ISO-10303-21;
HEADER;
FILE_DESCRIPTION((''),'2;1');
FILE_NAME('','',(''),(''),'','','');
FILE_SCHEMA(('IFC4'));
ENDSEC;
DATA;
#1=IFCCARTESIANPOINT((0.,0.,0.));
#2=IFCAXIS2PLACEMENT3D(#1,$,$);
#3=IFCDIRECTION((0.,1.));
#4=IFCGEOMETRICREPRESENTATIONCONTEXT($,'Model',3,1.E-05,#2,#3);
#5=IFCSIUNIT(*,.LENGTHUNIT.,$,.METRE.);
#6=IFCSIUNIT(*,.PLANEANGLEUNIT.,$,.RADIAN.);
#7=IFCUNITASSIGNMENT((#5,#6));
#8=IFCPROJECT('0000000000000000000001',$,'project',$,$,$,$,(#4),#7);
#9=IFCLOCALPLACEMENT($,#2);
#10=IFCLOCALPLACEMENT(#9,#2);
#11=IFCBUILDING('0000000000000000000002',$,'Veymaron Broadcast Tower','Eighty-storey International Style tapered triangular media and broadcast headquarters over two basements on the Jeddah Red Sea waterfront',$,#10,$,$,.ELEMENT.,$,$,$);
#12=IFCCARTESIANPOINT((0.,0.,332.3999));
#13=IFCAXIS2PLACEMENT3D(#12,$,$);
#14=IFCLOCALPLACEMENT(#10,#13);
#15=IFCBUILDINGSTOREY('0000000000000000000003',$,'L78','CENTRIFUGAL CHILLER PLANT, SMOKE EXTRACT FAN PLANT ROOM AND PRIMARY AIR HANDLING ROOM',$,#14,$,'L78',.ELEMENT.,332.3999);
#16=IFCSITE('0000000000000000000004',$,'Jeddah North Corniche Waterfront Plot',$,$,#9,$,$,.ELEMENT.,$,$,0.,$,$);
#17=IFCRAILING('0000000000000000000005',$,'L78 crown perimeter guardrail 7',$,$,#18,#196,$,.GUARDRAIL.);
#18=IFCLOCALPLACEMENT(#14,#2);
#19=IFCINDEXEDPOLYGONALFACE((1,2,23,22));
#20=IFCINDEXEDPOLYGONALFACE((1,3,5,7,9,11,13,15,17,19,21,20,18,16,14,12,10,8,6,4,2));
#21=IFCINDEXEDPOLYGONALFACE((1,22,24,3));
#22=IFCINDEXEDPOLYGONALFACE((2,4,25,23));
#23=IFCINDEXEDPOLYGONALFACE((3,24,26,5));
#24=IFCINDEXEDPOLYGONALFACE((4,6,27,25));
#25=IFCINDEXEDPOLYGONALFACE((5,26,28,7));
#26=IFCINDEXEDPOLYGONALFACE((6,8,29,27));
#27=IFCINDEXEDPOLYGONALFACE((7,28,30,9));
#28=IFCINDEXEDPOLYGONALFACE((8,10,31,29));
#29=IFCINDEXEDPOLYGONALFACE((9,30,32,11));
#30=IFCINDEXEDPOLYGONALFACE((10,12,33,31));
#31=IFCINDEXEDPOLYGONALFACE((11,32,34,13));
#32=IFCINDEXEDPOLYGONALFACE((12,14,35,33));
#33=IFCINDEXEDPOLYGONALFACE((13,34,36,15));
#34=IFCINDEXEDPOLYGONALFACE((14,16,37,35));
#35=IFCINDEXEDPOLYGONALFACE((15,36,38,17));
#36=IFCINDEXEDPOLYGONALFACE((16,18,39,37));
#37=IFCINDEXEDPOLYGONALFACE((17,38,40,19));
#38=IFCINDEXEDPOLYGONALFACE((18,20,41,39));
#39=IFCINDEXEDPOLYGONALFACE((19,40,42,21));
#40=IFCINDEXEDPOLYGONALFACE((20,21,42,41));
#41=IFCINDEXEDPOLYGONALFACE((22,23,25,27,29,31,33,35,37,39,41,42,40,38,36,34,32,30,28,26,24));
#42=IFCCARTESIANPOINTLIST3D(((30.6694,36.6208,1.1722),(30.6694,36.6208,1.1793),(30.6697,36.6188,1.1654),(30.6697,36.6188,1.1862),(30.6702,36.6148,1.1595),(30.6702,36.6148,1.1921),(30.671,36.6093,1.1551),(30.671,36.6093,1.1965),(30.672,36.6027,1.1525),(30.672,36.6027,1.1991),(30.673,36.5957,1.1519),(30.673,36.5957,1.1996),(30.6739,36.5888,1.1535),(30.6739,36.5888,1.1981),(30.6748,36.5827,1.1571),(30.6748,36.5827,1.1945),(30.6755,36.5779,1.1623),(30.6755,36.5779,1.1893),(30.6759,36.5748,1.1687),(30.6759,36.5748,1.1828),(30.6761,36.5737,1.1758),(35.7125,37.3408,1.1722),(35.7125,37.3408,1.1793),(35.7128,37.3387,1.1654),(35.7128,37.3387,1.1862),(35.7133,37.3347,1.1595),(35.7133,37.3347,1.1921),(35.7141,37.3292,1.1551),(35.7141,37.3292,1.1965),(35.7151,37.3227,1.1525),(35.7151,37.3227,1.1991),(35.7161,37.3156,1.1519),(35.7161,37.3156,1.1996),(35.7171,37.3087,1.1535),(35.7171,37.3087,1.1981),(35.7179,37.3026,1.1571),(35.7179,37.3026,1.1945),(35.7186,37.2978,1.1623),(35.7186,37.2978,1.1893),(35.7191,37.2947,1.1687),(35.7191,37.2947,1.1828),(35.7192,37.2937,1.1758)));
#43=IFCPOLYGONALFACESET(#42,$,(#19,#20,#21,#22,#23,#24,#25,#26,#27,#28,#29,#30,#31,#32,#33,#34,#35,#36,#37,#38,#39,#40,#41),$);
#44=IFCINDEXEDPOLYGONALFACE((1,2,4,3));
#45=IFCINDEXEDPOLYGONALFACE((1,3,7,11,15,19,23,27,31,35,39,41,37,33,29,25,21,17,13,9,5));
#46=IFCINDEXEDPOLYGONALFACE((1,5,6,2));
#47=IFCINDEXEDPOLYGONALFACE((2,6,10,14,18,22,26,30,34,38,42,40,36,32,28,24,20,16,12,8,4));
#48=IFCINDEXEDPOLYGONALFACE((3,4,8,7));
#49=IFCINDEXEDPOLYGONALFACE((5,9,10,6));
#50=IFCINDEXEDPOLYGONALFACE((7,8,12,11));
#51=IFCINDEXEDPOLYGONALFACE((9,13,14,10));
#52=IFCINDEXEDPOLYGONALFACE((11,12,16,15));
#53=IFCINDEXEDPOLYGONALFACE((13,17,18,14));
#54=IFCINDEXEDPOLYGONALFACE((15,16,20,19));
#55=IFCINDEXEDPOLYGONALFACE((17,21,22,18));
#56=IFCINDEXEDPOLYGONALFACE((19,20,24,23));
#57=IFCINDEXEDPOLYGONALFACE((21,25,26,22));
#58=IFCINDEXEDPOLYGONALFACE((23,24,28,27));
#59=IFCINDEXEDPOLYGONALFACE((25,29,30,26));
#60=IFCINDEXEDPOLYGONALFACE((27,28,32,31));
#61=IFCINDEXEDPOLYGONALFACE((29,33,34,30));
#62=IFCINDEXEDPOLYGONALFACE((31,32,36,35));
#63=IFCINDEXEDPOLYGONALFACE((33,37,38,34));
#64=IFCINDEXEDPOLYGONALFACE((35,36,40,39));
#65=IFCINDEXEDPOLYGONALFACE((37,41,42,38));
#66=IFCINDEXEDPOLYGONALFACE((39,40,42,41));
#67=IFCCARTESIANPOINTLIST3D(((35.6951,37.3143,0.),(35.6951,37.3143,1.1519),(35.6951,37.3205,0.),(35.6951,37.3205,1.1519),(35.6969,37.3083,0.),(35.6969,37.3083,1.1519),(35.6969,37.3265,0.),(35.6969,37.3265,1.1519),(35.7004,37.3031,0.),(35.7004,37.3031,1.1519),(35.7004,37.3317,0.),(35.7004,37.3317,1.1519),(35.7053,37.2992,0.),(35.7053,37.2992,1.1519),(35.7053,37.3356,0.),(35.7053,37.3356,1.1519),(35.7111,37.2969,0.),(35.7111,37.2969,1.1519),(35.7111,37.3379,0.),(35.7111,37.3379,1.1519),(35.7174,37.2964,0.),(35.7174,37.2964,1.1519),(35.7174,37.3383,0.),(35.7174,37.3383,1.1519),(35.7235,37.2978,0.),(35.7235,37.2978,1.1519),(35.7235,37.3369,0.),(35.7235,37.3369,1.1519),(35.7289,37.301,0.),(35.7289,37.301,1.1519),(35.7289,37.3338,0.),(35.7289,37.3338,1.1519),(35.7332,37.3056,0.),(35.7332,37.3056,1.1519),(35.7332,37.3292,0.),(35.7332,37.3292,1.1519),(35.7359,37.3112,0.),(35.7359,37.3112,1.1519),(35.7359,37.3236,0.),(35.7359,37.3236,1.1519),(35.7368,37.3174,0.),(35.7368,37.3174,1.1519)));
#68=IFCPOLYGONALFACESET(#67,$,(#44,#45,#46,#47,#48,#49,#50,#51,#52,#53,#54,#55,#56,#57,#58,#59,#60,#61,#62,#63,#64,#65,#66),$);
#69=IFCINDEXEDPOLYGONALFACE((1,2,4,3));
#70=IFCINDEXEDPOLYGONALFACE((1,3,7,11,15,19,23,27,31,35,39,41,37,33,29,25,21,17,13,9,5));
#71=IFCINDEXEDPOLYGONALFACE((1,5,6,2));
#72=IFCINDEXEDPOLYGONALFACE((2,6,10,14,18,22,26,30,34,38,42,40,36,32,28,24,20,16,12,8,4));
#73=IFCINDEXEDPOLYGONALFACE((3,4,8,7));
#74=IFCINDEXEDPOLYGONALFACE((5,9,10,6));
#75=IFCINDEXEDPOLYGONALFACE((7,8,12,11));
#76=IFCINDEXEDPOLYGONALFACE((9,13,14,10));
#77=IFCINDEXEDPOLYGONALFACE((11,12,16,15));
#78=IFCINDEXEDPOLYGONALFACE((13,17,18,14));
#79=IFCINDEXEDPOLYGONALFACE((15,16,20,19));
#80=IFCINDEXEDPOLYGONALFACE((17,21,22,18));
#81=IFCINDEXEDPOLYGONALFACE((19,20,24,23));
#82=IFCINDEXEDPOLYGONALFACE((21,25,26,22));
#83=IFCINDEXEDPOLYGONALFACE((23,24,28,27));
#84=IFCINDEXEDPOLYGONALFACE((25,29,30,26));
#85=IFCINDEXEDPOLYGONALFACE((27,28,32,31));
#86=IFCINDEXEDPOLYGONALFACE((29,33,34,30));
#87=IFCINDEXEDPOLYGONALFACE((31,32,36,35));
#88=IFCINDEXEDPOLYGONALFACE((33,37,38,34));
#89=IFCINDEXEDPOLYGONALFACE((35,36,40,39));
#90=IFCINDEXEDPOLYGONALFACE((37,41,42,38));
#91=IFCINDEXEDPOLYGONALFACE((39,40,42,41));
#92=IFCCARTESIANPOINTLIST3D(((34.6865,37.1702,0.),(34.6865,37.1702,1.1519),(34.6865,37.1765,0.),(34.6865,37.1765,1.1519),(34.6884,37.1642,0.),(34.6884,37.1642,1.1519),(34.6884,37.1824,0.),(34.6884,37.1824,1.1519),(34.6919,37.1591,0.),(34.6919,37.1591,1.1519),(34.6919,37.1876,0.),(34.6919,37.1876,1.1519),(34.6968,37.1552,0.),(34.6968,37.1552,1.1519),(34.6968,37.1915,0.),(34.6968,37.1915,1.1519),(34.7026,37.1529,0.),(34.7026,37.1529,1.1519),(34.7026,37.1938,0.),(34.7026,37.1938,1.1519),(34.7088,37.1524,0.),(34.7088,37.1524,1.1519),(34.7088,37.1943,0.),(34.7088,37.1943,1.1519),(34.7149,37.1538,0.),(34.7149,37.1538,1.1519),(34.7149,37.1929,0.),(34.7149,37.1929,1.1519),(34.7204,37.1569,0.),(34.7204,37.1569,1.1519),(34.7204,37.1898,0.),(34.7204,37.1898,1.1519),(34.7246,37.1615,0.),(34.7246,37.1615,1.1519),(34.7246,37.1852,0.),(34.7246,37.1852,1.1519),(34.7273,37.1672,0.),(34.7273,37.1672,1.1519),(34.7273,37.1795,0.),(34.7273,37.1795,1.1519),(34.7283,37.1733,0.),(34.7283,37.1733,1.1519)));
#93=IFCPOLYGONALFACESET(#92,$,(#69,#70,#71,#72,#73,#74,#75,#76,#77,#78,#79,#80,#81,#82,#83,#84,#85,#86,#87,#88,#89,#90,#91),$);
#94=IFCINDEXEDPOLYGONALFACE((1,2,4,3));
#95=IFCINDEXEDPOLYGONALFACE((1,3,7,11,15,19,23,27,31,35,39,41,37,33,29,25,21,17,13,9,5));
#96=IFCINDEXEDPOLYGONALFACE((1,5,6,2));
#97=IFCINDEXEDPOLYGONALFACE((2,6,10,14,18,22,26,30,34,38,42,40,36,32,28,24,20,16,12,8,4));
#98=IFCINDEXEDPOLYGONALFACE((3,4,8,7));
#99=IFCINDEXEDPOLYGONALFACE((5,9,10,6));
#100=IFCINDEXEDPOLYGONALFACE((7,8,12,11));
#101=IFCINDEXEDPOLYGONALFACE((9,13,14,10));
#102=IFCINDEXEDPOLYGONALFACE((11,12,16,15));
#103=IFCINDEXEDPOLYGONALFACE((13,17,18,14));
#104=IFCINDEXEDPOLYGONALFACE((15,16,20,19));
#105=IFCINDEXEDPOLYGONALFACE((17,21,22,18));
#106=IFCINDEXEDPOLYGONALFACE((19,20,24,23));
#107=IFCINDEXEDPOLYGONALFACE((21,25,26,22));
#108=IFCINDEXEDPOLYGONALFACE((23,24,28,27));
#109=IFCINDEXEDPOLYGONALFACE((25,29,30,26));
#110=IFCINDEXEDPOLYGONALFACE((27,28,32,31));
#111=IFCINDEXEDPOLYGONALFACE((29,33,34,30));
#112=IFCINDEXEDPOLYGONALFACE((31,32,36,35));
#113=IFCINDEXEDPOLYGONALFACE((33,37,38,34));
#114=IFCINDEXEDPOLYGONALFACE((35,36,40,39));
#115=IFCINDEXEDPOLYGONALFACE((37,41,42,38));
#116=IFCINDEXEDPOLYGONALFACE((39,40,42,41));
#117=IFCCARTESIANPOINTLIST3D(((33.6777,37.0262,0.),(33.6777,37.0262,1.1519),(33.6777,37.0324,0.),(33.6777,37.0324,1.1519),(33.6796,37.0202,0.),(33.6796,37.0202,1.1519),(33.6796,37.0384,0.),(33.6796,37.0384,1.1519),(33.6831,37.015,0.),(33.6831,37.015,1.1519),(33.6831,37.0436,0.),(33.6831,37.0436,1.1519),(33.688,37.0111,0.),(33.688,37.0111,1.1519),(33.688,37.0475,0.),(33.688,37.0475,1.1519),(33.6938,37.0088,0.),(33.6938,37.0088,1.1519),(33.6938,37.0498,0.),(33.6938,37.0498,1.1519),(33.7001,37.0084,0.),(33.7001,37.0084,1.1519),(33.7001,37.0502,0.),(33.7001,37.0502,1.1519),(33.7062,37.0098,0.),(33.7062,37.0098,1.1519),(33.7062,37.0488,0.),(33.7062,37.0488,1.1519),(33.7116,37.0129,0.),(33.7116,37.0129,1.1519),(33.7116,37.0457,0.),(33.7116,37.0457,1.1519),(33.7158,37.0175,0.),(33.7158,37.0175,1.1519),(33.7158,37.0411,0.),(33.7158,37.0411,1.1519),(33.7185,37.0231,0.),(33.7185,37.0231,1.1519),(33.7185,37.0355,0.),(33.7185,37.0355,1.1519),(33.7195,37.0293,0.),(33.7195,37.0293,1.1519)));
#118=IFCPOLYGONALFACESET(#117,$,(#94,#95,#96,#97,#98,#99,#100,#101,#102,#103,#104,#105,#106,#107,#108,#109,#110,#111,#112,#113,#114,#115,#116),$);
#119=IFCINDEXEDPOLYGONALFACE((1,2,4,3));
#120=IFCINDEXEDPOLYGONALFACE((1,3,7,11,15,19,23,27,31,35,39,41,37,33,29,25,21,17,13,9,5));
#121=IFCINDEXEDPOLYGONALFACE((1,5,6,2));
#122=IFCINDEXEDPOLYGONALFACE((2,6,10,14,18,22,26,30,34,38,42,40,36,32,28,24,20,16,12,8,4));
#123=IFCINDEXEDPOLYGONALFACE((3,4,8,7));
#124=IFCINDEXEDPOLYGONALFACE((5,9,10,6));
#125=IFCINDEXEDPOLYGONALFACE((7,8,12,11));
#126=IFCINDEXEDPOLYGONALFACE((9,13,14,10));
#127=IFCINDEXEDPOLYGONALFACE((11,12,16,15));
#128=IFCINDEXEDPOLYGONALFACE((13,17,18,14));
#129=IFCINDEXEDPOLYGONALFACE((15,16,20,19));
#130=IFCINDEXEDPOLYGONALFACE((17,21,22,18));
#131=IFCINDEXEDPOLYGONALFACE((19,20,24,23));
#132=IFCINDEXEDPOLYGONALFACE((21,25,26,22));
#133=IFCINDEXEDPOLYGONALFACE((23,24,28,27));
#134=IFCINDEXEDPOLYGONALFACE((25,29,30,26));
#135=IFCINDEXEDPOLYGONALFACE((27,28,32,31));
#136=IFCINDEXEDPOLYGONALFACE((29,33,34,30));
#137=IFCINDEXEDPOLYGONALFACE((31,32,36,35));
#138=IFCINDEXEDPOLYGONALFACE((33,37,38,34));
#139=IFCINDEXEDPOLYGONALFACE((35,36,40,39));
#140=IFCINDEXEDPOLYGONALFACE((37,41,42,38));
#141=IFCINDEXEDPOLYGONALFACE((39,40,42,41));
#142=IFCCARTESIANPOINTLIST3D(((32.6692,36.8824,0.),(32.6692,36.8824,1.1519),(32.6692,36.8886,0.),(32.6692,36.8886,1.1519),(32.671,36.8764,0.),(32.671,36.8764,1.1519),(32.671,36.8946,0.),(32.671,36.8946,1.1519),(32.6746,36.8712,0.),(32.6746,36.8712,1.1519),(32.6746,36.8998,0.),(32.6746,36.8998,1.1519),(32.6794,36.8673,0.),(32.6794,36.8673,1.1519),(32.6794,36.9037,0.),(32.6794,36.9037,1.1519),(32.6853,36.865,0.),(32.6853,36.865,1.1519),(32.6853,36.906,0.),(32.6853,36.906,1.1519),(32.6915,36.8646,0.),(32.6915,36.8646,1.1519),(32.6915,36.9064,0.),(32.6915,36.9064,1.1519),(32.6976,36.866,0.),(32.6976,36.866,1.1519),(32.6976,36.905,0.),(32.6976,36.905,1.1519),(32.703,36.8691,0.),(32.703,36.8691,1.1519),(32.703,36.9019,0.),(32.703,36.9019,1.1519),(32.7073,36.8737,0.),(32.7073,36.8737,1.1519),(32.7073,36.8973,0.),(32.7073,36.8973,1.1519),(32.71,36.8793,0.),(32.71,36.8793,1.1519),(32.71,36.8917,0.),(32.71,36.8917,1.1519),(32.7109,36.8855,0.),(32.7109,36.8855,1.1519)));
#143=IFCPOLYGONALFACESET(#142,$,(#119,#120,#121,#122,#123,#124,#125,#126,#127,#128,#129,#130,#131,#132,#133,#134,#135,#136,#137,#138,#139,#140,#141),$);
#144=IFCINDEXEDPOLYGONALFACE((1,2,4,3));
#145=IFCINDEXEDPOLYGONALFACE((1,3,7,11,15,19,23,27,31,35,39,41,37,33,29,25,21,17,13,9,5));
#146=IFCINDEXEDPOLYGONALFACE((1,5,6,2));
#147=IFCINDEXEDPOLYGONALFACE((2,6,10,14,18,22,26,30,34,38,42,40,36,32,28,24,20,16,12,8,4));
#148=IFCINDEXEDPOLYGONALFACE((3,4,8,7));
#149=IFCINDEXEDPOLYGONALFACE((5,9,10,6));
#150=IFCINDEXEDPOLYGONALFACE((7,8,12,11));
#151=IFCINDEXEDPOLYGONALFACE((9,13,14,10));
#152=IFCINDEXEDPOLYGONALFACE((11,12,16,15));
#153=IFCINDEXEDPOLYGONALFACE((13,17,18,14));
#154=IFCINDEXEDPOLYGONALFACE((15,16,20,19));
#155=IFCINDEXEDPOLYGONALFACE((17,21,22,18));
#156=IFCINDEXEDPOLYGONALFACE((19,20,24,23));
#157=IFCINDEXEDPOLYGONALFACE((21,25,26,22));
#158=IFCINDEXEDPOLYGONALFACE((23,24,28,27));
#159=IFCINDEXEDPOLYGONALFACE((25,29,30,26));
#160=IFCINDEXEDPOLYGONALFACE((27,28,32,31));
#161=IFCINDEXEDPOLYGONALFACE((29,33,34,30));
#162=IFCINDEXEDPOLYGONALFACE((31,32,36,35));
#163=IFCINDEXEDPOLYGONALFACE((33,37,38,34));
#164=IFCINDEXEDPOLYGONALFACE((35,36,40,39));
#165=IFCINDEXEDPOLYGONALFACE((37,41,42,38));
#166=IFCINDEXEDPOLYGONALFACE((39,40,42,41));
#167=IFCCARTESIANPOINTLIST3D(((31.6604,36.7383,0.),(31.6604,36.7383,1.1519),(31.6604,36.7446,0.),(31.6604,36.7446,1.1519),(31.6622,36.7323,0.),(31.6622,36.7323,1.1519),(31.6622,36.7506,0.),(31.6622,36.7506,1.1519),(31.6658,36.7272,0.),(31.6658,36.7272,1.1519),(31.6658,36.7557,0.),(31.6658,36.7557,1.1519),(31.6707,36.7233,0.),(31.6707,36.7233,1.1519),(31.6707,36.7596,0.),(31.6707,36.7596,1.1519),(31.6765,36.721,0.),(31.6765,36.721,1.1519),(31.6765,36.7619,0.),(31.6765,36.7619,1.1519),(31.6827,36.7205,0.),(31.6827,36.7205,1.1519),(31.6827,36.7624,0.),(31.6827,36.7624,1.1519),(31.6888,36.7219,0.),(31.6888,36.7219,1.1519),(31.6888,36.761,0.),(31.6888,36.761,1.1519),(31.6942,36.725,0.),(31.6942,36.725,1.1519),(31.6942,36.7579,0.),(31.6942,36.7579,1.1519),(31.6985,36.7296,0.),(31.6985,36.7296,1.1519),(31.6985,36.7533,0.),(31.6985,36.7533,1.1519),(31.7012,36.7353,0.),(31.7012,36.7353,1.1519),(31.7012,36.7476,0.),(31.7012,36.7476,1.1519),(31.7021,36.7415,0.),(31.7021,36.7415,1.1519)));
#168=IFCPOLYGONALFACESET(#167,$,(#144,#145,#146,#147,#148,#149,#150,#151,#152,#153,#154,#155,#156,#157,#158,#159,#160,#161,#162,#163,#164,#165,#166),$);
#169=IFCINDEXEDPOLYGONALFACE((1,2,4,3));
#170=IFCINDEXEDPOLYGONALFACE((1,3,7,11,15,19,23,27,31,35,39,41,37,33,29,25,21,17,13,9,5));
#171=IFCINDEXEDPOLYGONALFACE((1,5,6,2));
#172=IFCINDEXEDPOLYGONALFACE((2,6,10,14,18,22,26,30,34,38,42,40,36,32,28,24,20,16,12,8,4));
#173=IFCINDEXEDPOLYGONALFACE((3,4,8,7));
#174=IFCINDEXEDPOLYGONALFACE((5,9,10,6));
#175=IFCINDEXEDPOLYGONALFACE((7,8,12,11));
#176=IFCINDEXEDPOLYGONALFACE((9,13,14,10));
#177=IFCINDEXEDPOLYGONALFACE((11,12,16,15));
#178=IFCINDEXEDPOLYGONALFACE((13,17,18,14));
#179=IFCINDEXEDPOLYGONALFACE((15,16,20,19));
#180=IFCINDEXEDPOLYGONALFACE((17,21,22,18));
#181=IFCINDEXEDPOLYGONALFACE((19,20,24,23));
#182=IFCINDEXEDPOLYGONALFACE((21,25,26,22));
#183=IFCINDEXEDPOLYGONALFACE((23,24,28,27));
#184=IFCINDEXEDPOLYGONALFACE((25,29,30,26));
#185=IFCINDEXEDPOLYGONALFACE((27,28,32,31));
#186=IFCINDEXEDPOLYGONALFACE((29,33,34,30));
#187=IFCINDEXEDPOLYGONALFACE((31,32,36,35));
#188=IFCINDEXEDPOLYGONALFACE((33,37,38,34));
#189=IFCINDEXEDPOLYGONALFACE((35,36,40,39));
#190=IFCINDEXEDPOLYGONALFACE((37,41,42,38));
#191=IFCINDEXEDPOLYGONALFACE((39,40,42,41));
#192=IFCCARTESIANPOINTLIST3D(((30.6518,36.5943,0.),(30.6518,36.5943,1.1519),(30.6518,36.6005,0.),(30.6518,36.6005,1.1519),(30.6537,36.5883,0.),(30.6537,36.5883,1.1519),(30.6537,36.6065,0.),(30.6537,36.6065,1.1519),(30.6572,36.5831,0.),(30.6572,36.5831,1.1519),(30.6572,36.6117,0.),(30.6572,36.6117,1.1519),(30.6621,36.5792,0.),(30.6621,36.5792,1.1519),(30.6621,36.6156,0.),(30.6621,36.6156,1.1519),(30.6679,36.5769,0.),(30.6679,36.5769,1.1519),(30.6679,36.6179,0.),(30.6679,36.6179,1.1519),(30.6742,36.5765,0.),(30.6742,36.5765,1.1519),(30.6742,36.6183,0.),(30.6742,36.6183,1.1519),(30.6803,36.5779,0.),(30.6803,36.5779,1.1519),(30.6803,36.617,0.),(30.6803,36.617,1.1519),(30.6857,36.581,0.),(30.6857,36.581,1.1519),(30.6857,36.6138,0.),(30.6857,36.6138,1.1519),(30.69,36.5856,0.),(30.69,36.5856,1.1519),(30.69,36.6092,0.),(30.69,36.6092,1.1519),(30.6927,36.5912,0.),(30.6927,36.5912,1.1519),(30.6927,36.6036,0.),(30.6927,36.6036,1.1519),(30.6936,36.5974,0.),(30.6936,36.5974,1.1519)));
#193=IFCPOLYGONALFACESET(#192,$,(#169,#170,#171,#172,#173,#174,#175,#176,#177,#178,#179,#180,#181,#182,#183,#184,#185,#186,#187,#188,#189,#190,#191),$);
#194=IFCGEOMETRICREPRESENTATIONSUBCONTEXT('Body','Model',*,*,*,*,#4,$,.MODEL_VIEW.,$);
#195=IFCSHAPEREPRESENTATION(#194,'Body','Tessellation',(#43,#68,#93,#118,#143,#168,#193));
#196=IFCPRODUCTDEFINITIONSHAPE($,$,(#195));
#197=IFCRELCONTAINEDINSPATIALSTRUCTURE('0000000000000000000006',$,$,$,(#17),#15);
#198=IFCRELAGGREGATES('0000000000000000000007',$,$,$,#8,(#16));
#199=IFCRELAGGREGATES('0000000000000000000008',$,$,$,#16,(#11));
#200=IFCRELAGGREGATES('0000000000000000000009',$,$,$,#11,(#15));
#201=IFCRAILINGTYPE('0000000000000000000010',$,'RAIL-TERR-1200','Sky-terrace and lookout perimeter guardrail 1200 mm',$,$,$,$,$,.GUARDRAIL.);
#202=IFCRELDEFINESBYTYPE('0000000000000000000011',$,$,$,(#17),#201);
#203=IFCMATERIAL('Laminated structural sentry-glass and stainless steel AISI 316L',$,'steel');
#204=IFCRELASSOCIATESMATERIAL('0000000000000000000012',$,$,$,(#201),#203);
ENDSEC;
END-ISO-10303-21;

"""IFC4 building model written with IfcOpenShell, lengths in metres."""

from ifc_helpers import new_model, si_unit, direction, frame, origin, origin_2d, place, context, subcontext, project, spatial, circle, extrude, material, type_object, element, save


model = new_model("IFC4")

# Units and contexts
model_context = context("Model", 3, precision=1e-05, world=origin(), true_north=direction((0.0, 1.0)))
body_context = subcontext(model_context, "Body", "Model", "MODEL_VIEW")
ifc_project = project(units=[si_unit("LENGTHUNIT", "METRE"), si_unit("PLANEANGLEUNIT", "RADIAN")], contexts=[model_context])

# Site, building, storey
site_placement = place(None, origin())
site = spatial("IfcSite", under=ifc_project, at=site_placement, Name="Jeddah North Corniche Waterfront Plot", CompositionType="ELEMENT", RefElevation=0.0)
building_placement = place(site_placement, origin())
building = spatial("IfcBuilding", under=site, at=building_placement, Name="Veymaron Broadcast Tower", Description="Eighty-storey International Style tapered triangular media and broadcast headquarters over two basements on the Jeddah Red Sea waterfront", CompositionType="ELEMENT")
storey_placement = place(building_placement, frame((0.0, 0.0, 332.3999)))
storey = spatial("IfcBuildingStorey", under=building, at=storey_placement, Name="L78", Description="CENTRIFUGAL CHILLER PLANT, SMOKE EXTRACT FAN PLANT ROOM AND PRIMARY AIR HANDLING ROOM", LongName="L78", CompositionType="ELEMENT", Elevation=332.3999)

# Railing
ifc_material_1 = material(Name="Laminated structural sentry-glass and stainless steel AISI 316L", Category="steel")
railing_type_1 = type_object("IfcRailingType", Name="RAIL-TERR-1200", Description="Sky-terrace and lookout perimeter guardrail 1200 mm", PredefinedType="GUARDRAIL", material=ifc_material_1)
railing_1_placement = place(storey_placement, frame((35.7158, 37.3174, 0.0)))
element("IfcRailing", 1, at=railing_1_placement, inside=storey, type_object=railing_type_1, Name="L78 crown perimeter guardrail 7", PredefinedType="GUARDRAIL", context=body_context, shape_type="SweptSolid", body=[
    extrude(circle(Radius=0.0239, at=origin_2d()), frame((0.0, 0.0, 1.1758), z_axis=(-0.989963, -0.141327, 0.0), x_axis=(0.141327, -0.989963, 0.0)), (0.0, 0.0, 1.0), 5.0942),
    extrude(circle(Radius=0.021, at=origin_2d()), origin(), (0.0, 0.0, 1.0), 1.1519),
    extrude(circle(Radius=0.021, at=origin_2d()), frame((-1.0085, -0.144, 0.0)), (0.0, 0.0, 1.0), 1.1519),
    extrude(circle(Radius=0.021, at=origin_2d()), frame((-2.0173, -0.2881, 0.0)), (0.0, 0.0, 1.0), 1.1519),
    extrude(circle(Radius=0.021, at=origin_2d()), frame((-3.0259, -0.4319, 0.0)), (0.0, 0.0, 1.0), 1.1519),
    extrude(circle(Radius=0.021, at=origin_2d()), frame((-4.0347, -0.5759, 0.0)), (0.0, 0.0, 1.0), 1.1519),
    extrude(circle(Radius=0.021, at=origin_2d()), frame((-5.0432, -0.72, 0.0)), (0.0, 0.0, 1.0), 1.1519),
])

save(model, "model.ifc")
